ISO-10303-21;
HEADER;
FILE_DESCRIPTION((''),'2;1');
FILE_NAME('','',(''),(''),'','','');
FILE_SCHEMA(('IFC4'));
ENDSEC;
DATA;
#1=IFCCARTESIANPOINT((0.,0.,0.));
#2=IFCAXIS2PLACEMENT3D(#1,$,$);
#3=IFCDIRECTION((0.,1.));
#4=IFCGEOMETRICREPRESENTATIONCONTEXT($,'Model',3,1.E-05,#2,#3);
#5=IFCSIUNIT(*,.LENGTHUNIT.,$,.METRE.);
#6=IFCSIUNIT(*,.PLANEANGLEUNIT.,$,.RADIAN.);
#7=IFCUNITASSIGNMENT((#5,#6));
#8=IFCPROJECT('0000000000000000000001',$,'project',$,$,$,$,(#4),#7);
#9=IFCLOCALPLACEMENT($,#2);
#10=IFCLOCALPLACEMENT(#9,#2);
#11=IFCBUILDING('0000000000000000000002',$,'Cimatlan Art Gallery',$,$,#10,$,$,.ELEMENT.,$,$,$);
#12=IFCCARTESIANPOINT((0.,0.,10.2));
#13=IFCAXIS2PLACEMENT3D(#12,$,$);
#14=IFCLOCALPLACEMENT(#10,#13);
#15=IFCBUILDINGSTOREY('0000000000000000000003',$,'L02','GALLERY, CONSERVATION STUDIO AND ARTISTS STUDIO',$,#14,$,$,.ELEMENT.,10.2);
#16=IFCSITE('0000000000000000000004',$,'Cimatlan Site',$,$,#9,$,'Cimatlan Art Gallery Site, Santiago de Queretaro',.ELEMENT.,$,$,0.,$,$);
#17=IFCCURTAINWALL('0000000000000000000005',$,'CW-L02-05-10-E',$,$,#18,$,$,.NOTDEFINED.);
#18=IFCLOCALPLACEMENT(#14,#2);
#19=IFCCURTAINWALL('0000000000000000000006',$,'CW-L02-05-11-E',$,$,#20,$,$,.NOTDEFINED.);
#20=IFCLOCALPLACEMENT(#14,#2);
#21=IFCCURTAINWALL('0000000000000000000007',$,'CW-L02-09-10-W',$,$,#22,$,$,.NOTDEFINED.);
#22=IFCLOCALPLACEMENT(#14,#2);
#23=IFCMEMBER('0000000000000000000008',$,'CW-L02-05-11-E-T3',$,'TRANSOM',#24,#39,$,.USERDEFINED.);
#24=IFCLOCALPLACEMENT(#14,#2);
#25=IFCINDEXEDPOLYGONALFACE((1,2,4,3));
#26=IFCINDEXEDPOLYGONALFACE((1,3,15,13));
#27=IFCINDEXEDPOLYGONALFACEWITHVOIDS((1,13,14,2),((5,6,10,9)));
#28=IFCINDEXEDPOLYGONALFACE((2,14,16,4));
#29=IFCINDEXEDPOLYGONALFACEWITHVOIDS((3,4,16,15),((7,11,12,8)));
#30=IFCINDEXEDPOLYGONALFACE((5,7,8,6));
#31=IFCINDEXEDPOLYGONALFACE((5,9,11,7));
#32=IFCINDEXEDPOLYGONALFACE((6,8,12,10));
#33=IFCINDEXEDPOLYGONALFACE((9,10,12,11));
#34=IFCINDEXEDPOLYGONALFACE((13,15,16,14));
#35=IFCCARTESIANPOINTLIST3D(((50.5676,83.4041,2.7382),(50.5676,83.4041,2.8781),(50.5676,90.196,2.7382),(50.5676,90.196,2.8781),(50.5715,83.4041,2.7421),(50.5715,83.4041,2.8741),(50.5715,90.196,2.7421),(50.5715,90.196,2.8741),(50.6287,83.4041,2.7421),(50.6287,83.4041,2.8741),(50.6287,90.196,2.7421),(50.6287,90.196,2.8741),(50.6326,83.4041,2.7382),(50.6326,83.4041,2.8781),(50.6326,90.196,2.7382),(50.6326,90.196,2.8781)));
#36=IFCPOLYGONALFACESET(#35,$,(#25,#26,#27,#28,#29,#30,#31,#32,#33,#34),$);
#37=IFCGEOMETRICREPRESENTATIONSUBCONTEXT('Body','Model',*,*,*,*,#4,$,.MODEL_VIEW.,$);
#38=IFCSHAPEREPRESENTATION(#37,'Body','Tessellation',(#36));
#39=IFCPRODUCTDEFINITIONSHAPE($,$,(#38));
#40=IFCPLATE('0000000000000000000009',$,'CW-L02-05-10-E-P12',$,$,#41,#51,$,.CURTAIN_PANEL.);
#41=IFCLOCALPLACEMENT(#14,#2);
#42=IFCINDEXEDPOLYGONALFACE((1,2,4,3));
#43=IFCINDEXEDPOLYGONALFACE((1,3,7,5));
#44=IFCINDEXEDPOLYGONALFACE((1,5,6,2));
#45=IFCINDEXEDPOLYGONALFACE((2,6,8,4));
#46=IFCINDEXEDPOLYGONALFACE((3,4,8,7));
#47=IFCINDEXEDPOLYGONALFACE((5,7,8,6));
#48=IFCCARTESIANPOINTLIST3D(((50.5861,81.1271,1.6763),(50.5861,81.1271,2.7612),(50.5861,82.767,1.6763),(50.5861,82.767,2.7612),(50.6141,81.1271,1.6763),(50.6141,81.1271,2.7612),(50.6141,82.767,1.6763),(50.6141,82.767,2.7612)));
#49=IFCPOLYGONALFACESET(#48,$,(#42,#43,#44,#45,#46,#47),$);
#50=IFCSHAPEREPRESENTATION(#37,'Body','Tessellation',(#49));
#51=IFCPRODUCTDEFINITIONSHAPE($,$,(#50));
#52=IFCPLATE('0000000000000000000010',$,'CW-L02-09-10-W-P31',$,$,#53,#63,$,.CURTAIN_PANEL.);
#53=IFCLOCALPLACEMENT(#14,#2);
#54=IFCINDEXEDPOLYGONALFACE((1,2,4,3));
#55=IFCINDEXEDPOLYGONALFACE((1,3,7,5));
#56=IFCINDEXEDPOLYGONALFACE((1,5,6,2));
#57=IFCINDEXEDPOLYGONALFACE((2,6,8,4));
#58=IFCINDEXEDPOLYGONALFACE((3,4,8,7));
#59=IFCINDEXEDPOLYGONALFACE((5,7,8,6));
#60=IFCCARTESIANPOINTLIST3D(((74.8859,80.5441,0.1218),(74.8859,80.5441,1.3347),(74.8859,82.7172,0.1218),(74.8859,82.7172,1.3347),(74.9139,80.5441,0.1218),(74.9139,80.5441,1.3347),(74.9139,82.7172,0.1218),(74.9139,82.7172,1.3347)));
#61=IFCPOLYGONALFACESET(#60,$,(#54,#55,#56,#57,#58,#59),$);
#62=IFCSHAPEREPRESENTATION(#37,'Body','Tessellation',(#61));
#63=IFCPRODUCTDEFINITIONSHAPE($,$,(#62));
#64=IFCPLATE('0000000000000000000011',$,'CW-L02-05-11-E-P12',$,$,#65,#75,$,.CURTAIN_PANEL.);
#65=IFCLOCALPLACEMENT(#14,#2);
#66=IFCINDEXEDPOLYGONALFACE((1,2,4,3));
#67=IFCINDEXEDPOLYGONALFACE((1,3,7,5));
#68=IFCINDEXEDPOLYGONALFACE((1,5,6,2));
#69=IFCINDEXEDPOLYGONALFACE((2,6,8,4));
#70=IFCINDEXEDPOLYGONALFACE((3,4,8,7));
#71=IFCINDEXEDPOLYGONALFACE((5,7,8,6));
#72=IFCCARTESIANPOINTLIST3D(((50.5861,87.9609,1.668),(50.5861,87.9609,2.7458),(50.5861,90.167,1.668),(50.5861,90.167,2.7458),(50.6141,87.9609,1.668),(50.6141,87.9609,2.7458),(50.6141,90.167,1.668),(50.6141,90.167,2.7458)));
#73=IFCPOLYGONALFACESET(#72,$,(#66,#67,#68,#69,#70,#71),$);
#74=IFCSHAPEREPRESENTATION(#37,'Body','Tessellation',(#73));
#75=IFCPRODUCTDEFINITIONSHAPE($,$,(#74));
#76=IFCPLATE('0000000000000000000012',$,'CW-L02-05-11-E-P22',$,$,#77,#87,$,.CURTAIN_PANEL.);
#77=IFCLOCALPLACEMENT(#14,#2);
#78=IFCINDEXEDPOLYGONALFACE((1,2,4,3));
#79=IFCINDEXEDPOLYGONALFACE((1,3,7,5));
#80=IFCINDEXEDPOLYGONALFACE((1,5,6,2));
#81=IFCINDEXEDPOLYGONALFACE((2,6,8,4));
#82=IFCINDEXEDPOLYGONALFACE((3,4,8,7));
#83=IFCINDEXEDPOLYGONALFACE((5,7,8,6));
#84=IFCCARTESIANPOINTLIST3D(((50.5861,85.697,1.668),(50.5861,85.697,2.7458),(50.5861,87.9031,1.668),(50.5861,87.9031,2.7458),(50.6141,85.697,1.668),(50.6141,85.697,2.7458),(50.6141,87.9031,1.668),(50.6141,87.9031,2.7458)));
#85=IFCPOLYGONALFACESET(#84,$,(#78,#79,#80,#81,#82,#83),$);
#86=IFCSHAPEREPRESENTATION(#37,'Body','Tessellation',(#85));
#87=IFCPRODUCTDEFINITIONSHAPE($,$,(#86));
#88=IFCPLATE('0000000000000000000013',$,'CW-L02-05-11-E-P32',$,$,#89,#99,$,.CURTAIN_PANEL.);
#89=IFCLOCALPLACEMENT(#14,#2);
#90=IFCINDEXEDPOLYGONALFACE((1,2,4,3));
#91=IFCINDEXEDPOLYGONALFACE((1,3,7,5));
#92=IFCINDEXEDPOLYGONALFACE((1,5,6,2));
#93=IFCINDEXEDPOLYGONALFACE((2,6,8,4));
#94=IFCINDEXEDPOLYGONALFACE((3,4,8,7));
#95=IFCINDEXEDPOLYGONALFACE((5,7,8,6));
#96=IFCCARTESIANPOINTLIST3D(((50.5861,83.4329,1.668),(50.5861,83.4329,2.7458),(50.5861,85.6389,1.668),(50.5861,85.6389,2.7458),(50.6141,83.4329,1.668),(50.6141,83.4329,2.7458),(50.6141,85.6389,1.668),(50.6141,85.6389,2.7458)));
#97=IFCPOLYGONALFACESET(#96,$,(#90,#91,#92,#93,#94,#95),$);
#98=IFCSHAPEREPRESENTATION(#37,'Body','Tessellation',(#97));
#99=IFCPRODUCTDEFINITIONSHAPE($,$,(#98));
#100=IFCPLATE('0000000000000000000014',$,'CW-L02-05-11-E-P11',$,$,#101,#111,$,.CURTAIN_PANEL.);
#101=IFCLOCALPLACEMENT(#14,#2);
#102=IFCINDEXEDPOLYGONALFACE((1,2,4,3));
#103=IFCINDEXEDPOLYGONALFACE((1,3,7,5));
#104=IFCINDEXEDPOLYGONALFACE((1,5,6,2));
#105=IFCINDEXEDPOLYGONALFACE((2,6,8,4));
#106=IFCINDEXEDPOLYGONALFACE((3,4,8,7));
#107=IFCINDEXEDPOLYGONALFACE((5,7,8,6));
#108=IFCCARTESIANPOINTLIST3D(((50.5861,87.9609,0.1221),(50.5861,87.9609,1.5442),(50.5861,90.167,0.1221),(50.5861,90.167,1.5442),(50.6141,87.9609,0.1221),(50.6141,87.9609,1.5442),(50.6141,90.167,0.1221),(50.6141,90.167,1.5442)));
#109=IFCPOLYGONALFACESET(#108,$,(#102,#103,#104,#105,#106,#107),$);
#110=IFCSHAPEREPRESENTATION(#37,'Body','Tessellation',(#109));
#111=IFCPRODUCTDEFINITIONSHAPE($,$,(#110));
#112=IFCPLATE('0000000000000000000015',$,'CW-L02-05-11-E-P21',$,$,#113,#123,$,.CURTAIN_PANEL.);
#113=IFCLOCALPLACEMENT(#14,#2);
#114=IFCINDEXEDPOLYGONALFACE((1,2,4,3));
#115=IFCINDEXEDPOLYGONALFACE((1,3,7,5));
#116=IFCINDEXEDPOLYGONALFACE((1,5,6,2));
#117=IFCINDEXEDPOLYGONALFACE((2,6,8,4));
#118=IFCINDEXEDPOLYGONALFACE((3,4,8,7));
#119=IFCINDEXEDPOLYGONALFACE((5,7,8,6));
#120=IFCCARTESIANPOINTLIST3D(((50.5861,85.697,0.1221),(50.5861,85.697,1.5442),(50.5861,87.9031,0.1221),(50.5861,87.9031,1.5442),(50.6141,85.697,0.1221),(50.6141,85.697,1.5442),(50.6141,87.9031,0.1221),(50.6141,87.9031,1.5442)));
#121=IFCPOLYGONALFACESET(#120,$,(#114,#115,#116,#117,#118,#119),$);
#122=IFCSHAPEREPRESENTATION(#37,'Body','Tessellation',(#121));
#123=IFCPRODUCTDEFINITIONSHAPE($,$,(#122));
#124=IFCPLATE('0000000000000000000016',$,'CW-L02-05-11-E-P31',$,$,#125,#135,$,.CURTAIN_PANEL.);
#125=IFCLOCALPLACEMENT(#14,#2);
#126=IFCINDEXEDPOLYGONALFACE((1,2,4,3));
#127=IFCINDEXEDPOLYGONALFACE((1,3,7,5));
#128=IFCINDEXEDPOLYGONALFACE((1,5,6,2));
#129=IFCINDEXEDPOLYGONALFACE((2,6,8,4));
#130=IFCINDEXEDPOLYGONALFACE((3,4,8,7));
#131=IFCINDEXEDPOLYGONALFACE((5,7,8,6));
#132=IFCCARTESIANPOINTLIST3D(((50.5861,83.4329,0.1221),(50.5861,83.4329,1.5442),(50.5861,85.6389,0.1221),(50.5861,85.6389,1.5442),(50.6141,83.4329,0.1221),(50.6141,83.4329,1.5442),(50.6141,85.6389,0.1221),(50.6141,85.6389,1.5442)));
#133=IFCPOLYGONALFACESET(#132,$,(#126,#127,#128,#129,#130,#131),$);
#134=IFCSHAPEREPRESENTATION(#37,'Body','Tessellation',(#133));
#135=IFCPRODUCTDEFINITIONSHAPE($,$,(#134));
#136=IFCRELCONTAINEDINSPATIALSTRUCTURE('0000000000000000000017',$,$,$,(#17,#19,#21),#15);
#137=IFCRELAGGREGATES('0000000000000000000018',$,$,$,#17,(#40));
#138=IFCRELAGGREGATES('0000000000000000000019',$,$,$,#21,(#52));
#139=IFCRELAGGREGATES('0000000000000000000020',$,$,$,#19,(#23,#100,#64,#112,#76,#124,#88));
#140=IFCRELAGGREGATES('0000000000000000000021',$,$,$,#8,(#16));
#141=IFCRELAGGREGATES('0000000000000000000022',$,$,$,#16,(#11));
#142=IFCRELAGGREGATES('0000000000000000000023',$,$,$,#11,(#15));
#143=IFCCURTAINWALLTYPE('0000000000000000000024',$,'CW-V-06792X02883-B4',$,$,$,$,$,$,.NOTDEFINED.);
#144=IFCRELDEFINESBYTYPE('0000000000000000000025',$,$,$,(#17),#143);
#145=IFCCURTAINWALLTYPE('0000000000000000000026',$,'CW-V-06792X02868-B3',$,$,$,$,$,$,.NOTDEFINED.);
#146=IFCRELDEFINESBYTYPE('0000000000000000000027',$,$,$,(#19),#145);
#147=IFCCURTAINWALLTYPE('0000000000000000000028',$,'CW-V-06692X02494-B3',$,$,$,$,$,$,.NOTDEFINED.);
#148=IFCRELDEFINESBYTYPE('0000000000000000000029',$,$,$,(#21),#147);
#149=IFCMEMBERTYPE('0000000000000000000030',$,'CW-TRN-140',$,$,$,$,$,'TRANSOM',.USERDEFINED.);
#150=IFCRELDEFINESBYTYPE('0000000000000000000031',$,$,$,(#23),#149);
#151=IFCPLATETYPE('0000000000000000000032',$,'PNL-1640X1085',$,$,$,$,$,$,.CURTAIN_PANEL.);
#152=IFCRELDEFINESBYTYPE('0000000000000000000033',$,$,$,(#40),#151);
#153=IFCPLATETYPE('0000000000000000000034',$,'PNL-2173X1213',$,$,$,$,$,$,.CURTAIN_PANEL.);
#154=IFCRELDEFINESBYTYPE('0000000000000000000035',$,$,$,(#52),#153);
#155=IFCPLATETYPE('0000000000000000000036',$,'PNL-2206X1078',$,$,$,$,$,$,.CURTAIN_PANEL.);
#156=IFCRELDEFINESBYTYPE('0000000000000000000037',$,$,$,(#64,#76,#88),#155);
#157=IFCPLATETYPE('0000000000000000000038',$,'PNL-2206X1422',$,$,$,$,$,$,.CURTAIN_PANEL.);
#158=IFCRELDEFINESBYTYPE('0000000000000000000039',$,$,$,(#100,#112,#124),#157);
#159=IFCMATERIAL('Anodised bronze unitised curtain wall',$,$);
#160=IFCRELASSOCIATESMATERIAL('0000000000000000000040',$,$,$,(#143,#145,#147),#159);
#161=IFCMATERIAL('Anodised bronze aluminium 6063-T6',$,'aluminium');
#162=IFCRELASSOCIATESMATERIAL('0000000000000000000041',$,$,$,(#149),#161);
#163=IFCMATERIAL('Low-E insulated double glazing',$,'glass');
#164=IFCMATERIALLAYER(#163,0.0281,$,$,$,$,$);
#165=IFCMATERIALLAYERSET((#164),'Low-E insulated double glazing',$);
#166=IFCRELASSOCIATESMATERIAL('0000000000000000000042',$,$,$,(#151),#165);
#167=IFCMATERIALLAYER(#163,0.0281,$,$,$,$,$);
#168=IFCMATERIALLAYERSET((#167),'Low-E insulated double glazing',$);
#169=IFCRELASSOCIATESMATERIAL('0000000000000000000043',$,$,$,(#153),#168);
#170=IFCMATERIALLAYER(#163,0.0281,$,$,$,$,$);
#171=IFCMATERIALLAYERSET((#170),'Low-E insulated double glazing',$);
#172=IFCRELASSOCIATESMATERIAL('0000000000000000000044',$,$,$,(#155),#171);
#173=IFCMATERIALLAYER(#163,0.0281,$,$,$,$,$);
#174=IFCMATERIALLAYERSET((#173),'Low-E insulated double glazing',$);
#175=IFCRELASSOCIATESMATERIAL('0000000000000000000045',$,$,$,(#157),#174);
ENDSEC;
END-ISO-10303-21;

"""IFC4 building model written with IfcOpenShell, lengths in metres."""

from ifc_helpers import new_model, si_unit, direction, frame, origin, origin_2d, place, context, subcontext, project, spatial, rectangle, hollow_rectangle, extrude, material, layer, layer_set, material_profile, profile_set, type_object, element, aggregate, save


model = new_model("IFC4")

# Units and contexts
model_context = context("Model", 3, precision=1e-05, world=origin(), true_north=direction((0.0, 1.0)))
body_context = subcontext(model_context, "Body", "Model", "MODEL_VIEW")
ifc_project = project(units=[si_unit("LENGTHUNIT", "METRE"), si_unit("PLANEANGLEUNIT", "RADIAN")], contexts=[model_context])

# Site, building, storey
site_placement = place(None, origin())
site = spatial("IfcSite", under=ifc_project, at=site_placement, Name="Cimatlan Site", LongName="Cimatlan Art Gallery Site, Santiago de Queretaro", CompositionType="ELEMENT", RefElevation=0.0)
building_placement = place(site_placement, origin())
building = spatial("IfcBuilding", under=site, at=building_placement, Name="Cimatlan Art Gallery", CompositionType="ELEMENT")
storey_placement = place(building_placement, frame((0.0, 0.0, 10.2)))
storey = spatial("IfcBuildingStorey", under=building, at=storey_placement, Name="L02", Description="GALLERY, CONSERVATION STUDIO AND ARTISTS STUDIO", CompositionType="ELEMENT", Elevation=10.2)

# Curtain wall
ifc_material_1 = material(Name="Anodised bronze unitised curtain wall")
curtain_wall_type_1 = type_object("IfcCurtainWallType", Name="CW-V-06792X02883-B4", PredefinedType="NOTDEFINED", material=ifc_material_1)
curtain_wall_1_placement = place(storey_placement, origin())
curtain_wall_1 = element("IfcCurtainWall", 1, at=curtain_wall_1_placement, inside=storey, type_object=curtain_wall_type_1, Name="CW-L02-05-10-E", PredefinedType="NOTDEFINED")
ifc_material_2 = material(Name="Anodised bronze aluminium 6063-T6", Category="aluminium")

# Curtain wall
curtain_wall_type_2 = type_object("IfcCurtainWallType", Name="CW-V-06792X02868-B3", PredefinedType="NOTDEFINED", material=ifc_material_1)
curtain_wall_2_placement = place(storey_placement, origin())
curtain_wall_2 = element("IfcCurtainWall", 2, at=curtain_wall_2_placement, inside=storey, type_object=curtain_wall_type_2, Name="CW-L02-05-11-E", PredefinedType="NOTDEFINED")

# Curtain wall
curtain_wall_type_3 = type_object("IfcCurtainWallType", Name="CW-V-06692X02494-B3", PredefinedType="NOTDEFINED", material=ifc_material_1)
curtain_wall_3_placement = place(storey_placement, origin())
curtain_wall_3 = element("IfcCurtainWall", 3, at=curtain_wall_3_placement, inside=storey, type_object=curtain_wall_type_3, Name="CW-L02-09-10-W", PredefinedType="NOTDEFINED")

# Member
ifc_material_profile_1 = material_profile(ifc_material_2, hollow_rectangle(XDim=0.0649, YDim=0.1399, WallThickness=0.0039, at=origin_2d()), Name="ALU65X140X4")
ifc_profile_set_1 = profile_set([ifc_material_profile_1], Name="Anodised bronze aluminium 6063-T6")
member_type_1 = type_object("IfcMemberType", Name="CW-TRN-140", ElementType="TRANSOM", PredefinedType="USERDEFINED", material=ifc_profile_set_1)
member_1_placement = place(storey_placement, frame((50.6001, 90.196, 2.8081), z_axis=(0.0, -1.0, 0.0), x_axis=(1.0, 0.0, 0.0)))
member_1 = element("IfcMember", 4, at=member_1_placement, type_object=member_type_1, Name="CW-L02-05-11-E-T3", ObjectType="TRANSOM", PredefinedType="USERDEFINED", context=body_context, shape_type="SweptSolid", body=[
    extrude(hollow_rectangle(XDim=0.0649, YDim=0.1399, WallThickness=0.0039, at=origin_2d()), origin(), (0.0, 0.0, 1.0), 6.792),
])

# Plates
ifc_material_3 = material(Name="Low-E insulated double glazing", Category="glass")
ifc_layer_1 = layer(ifc_material_3, 0.0281)
ifc_layer_set_1 = layer_set([ifc_layer_1], Name="Low-E insulated double glazing")
plate_type_1 = type_object("IfcPlateType", Name="PNL-1640X1085", PredefinedType="CURTAIN_PANEL", material=ifc_layer_set_1)
plate_1_placement = place(storey_placement, frame((50.6001, 81.947, 1.6763), z_axis=(0.0, 0.0, 1.0), x_axis=(0.0, -1.0, 0.0)))
plate_1 = element("IfcPlate", 5, at=plate_1_placement, type_object=plate_type_1, Name="CW-L02-05-10-E-P12", PredefinedType="CURTAIN_PANEL", context=body_context, shape_type="SweptSolid", body=[
    extrude(rectangle(XDim=1.6399, YDim=0.0281, at=origin_2d()), origin(), (0.0, 0.0, 1.0), 1.085),
])
aggregate(curtain_wall_1, [plate_1])
ifc_layer_2 = layer(ifc_material_3, 0.0281)
ifc_layer_set_2 = layer_set([ifc_layer_2], Name="Low-E insulated double glazing")
plate_type_2 = type_object("IfcPlateType", Name="PNL-2173X1213", PredefinedType="CURTAIN_PANEL", material=ifc_layer_set_2)
plate_2_placement = place(storey_placement, frame((74.8999, 81.6306, 0.1218), z_axis=(0.0, 0.0, 1.0), x_axis=(0.0, 1.0, 0.0)))
plate_2 = element("IfcPlate", 6, at=plate_2_placement, type_object=plate_type_2, Name="CW-L02-09-10-W-P31", PredefinedType="CURTAIN_PANEL", context=body_context, shape_type="SweptSolid", body=[
    extrude(rectangle(XDim=2.1731, YDim=0.0281, at=origin_2d()), origin(), (0.0, 0.0, 1.0), 1.2129),
])
aggregate(curtain_wall_3, [plate_2])
ifc_layer_3 = layer(ifc_material_3, 0.0281)
ifc_layer_set_3 = layer_set([ifc_layer_3], Name="Low-E insulated double glazing")
plate_type_3 = type_object("IfcPlateType", Name="PNL-2206X1078", PredefinedType="CURTAIN_PANEL", material=ifc_layer_set_3)
plate_3_placement = place(storey_placement, frame((50.6001, 89.064, 1.668), z_axis=(0.0, 0.0, 1.0), x_axis=(0.0, -1.0, 0.0)))
plate_3 = element("IfcPlate", 7, at=plate_3_placement, type_object=plate_type_3, Name="CW-L02-05-11-E-P12", PredefinedType="CURTAIN_PANEL", context=body_context, shape_type="SweptSolid", body=[
    extrude(rectangle(XDim=2.2061, YDim=0.0281, at=origin_2d()), origin(), (0.0, 0.0, 1.0), 1.0779),
])
plate_4_placement = place(storey_placement, frame((50.6001, 86.8, 1.668), z_axis=(0.0, 0.0, 1.0), x_axis=(0.0, -1.0, 0.0)))
plate_4 = element("IfcPlate", 8, at=plate_4_placement, type_object=plate_type_3, Name="CW-L02-05-11-E-P22", PredefinedType="CURTAIN_PANEL", context=body_context, shape_type="SweptSolid", body=[
    extrude(rectangle(XDim=2.2061, YDim=0.0281, at=origin_2d()), origin(), (0.0, 0.0, 1.0), 1.0779),
])
plate_5_placement = place(storey_placement, frame((50.6001, 84.5359, 1.668), z_axis=(0.0, 0.0, 1.0), x_axis=(0.0, -1.0, 0.0)))
plate_5 = element("IfcPlate", 9, at=plate_5_placement, type_object=plate_type_3, Name="CW-L02-05-11-E-P32", PredefinedType="CURTAIN_PANEL", context=body_context, shape_type="SweptSolid", body=[
    extrude(rectangle(XDim=2.2061, YDim=0.0281, at=origin_2d()), origin(), (0.0, 0.0, 1.0), 1.0779),
])
ifc_layer_4 = layer(ifc_material_3, 0.0281)
ifc_layer_set_4 = layer_set([ifc_layer_4], Name="Low-E insulated double glazing")
plate_type_4 = type_object("IfcPlateType", Name="PNL-2206X1422", PredefinedType="CURTAIN_PANEL", material=ifc_layer_set_4)
plate_6_placement = place(storey_placement, frame((50.6001, 89.064, 0.1221), z_axis=(0.0, 0.0, 1.0), x_axis=(0.0, -1.0, 0.0)))
plate_6 = element("IfcPlate", 10, at=plate_6_placement, type_object=plate_type_4, Name="CW-L02-05-11-E-P11", PredefinedType="CURTAIN_PANEL", context=body_context, shape_type="SweptSolid", body=[
    extrude(rectangle(XDim=2.2061, YDim=0.0281, at=origin_2d()), origin(), (0.0, 0.0, 1.0), 1.4221),
])
plate_7_placement = place(storey_placement, frame((50.6001, 86.8, 0.1221), z_axis=(0.0, 0.0, 1.0), x_axis=(0.0, -1.0, 0.0)))
plate_7 = element("IfcPlate", 11, at=plate_7_placement, type_object=plate_type_4, Name="CW-L02-05-11-E-P21", PredefinedType="CURTAIN_PANEL", context=body_context, shape_type="SweptSolid", body=[
    extrude(rectangle(XDim=2.2061, YDim=0.0281, at=origin_2d()), origin(), (0.0, 0.0, 1.0), 1.4221),
])
plate_8_placement = place(storey_placement, frame((50.6001, 84.5359, 0.1221), z_axis=(0.0, 0.0, 1.0), x_axis=(0.0, -1.0, 0.0)))
plate_8 = element("IfcPlate", 12, at=plate_8_placement, type_object=plate_type_4, Name="CW-L02-05-11-E-P31", PredefinedType="CURTAIN_PANEL", context=body_context, shape_type="SweptSolid", body=[
    extrude(rectangle(XDim=2.2061, YDim=0.0281, at=origin_2d()), origin(), (0.0, 0.0, 1.0), 1.4221),
])
aggregate(curtain_wall_2, [member_1, plate_6, plate_3, plate_7, plate_4, plate_8, plate_5])

save(model, "model.ifc")
